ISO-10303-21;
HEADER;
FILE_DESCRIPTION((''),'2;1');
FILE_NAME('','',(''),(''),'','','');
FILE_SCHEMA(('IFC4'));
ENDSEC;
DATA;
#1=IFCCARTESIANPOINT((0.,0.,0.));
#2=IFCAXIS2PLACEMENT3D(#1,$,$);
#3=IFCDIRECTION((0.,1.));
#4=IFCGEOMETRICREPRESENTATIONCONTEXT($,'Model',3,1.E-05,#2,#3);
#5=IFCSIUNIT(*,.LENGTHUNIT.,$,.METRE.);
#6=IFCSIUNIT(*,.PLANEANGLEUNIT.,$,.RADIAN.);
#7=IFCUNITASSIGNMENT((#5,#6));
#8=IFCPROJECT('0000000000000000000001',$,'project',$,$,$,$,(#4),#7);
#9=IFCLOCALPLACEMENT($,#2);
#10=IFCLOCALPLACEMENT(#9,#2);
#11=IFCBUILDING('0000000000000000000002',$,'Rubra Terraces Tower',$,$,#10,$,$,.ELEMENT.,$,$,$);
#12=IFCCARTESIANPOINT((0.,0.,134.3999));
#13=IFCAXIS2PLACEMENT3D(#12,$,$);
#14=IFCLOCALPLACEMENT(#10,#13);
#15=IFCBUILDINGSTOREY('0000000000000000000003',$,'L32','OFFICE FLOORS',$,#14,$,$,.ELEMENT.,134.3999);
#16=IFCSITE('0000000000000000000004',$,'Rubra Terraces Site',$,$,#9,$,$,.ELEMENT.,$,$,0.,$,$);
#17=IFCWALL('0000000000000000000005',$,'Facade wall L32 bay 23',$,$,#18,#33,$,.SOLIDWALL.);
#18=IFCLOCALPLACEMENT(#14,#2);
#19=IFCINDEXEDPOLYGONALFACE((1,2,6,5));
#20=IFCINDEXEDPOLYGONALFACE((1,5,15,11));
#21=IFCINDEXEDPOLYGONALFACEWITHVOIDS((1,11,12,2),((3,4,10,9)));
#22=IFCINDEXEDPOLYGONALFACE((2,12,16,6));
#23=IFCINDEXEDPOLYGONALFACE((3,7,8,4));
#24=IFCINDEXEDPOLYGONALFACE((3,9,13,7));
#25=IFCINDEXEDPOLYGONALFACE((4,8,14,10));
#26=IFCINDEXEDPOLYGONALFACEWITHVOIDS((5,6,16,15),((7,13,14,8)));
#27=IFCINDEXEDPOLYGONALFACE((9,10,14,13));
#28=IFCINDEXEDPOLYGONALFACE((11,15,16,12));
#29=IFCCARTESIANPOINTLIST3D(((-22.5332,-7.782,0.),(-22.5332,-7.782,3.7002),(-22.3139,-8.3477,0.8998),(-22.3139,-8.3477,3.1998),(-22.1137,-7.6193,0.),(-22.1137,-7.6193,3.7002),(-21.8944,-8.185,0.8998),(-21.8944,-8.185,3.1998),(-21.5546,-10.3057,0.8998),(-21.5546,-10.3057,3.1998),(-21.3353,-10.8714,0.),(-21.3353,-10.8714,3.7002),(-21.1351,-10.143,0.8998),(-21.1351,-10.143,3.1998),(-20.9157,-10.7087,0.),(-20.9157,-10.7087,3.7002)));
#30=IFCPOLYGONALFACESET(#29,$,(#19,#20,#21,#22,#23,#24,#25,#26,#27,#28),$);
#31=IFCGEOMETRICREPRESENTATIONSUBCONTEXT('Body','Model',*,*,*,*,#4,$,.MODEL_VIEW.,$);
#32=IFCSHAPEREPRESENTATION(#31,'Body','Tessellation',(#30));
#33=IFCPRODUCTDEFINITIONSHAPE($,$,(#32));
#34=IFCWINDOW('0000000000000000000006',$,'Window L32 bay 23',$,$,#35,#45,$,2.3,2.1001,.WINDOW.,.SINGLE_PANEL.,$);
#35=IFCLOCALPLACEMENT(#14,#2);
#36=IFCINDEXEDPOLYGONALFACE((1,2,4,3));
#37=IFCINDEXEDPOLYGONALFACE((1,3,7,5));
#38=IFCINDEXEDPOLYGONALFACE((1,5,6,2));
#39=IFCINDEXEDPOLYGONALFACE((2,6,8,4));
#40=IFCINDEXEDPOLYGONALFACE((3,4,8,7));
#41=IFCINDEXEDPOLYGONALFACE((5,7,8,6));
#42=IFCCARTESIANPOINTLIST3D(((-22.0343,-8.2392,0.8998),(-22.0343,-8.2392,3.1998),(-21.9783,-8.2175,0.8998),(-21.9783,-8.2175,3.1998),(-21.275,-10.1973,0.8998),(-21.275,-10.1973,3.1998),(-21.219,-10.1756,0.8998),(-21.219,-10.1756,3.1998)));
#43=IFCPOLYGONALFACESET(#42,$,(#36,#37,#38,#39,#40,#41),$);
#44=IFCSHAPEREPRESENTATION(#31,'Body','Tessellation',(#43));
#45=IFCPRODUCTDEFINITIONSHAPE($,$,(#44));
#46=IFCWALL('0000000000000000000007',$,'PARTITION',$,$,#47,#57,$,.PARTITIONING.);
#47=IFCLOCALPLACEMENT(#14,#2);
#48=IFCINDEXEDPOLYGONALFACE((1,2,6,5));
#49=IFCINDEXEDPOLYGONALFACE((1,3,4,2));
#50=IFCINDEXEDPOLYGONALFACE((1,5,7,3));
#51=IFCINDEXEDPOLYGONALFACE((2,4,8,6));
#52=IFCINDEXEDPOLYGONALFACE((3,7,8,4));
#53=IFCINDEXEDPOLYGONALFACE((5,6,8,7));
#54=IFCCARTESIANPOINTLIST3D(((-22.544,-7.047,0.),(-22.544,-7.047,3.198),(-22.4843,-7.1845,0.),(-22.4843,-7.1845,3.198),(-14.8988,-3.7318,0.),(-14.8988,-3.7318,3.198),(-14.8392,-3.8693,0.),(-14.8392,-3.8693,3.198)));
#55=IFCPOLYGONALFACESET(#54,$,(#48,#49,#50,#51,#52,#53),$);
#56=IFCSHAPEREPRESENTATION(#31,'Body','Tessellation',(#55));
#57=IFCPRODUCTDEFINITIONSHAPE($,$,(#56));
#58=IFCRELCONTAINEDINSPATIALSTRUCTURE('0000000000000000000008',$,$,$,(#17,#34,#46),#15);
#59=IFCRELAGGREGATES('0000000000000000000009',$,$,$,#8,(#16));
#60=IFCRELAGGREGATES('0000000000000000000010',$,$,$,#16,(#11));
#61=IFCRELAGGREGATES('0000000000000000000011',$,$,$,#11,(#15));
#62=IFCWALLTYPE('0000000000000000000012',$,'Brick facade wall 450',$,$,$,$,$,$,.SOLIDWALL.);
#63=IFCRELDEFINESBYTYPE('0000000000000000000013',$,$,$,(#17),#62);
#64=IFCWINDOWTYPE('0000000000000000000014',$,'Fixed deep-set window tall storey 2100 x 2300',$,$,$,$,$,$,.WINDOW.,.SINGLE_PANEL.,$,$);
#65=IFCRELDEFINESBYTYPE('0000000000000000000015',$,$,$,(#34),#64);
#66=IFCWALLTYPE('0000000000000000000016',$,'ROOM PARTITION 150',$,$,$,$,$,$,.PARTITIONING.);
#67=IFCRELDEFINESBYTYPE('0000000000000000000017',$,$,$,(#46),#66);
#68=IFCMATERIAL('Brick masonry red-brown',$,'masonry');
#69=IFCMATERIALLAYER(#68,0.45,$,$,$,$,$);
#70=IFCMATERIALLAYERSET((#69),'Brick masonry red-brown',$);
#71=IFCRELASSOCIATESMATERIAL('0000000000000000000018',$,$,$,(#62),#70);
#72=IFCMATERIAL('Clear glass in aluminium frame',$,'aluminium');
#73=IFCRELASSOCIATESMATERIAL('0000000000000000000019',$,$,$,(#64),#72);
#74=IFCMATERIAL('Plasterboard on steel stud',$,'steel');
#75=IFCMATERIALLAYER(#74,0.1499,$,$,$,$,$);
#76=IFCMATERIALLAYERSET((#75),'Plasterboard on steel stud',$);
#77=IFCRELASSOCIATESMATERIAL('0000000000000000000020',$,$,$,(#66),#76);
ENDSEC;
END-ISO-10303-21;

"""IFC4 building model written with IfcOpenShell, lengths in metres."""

from ifc_helpers import new_model, si_unit, direction, frame, frame_2d, origin, place, context, subcontext, project, spatial, rectangle, extrude, material, layer, layer_set, type_object, element, fill, save


model = new_model("IFC4")

# Units and contexts
model_context = context("Model", 3, precision=1e-05, world=origin(), true_north=direction((0.0, 1.0)))
body_context = subcontext(model_context, "Body", "Model", "MODEL_VIEW")
ifc_project = project(units=[si_unit("LENGTHUNIT", "METRE"), si_unit("PLANEANGLEUNIT", "RADIAN")], contexts=[model_context])

# Site, building, storey
site_placement = place(None, origin())
site = spatial("IfcSite", under=ifc_project, at=site_placement, Name="Rubra Terraces Site", CompositionType="ELEMENT", RefElevation=0.0)
building_placement = place(site_placement, origin())
building = spatial("IfcBuilding", under=site, at=building_placement, Name="Rubra Terraces Tower", CompositionType="ELEMENT")
storey_placement = place(building_placement, frame((0.0, 0.0, 134.3999)))
storey = spatial("IfcBuildingStorey", under=building, at=storey_placement, Name="L32", Description="OFFICE FLOORS", CompositionType="ELEMENT", Elevation=134.3999)

# Wall, opening, window
ifc_material_1 = material(Name="Brick masonry red-brown", Category="masonry")
ifc_layer_1 = layer(ifc_material_1, 0.45)
ifc_layer_set_1 = layer_set([ifc_layer_1], Name="Brick masonry red-brown")
wall_type_1 = type_object("IfcWallType", Name="Brick facade wall 450", PredefinedType="SOLIDWALL", material=ifc_layer_set_1)
ifc_material_2 = material(Name="Clear glass in aluminium frame", Category="aluminium")
window_type = type_object("IfcWindowType", Name="Fixed deep-set window tall storey 2100 x 2300", PartitioningType="SINGLE_PANEL", PredefinedType="WINDOW", material=ifc_material_2)
wall_1_placement = place(storey_placement, frame((-22.3235, -7.7007, 0.0), z_axis=(0.0, 0.0, 1.0), x_axis=(0.36155, -0.932353, 0.0)))
wall_1 = element("IfcWall", 1, at=wall_1_placement, inside=storey, type_object=wall_type_1, Name="Facade wall L32 bay 23", PredefinedType="SOLIDWALL", context=body_context, shape_type="SweptSolid", body=[
    extrude(rectangle(XDim=3.3135, YDim=0.45, at=frame_2d((1.6567, 0.0))), origin(), (0.0, 0.0, 1.0), 3.7002),
])
opening_1_placement = place(wall_1_placement, frame((0.6067, 0.0, 0.8999)))
opening_1 = element("IfcOpeningElement", 2, at=opening_1_placement, cuts=wall_1, PredefinedType="OPENING", context=body_context, shape_type="SweptSolid", body=[
    extrude(rectangle(XDim=2.1001, YDim=2.3, at=frame_2d((1.05, 1.1499))), frame((0.0, 0.2349, 0.0), z_axis=(0.0, -1.0, 0.0), x_axis=(1.0, 0.0, 0.0)), (0.0, 0.0, 1.0), 0.47),
])
window_1_placement = place(opening_1_placement, origin())
window_1 = element("IfcWindow", 3, at=window_1_placement, inside=storey, type_object=window_type, Name="Window L32 bay 23", OverallHeight=2.3, OverallWidth=2.1001, PartitioningType="SINGLE_PANEL", PredefinedType="WINDOW", context=body_context, shape_type="SweptSolid", body=[
    extrude(rectangle(XDim=2.1001, YDim=2.3, at=frame_2d((1.05, 1.1499))), frame((0.0, 0.135, 0.0), z_axis=(0.0, -1.0, 0.0), x_axis=(1.0, 0.0, 0.0)), (0.0, 0.0, 1.0), 0.0601),
])
fill(opening_1, window_1)

# Wall
ifc_material_3 = material(Name="Plasterboard on steel stud", Category="steel")
ifc_layer_2 = layer(ifc_material_3, 0.1499)
ifc_layer_set_2 = layer_set([ifc_layer_2], Name="Plasterboard on steel stud")
wall_type_2 = type_object("IfcWallType", Name="ROOM PARTITION 150", PredefinedType="PARTITIONING", material=ifc_layer_set_2)
wall_2_placement = place(storey_placement, frame((-22.5142, -7.1157, 0.0), z_axis=(0.0, 0.0, 1.0), x_axis=(0.917458, 0.397834, 0.0)))
element("IfcWall", 4, at=wall_2_placement, inside=storey, type_object=wall_type_2, Name="PARTITION", PredefinedType="PARTITIONING", context=body_context, shape_type="SweptSolid", body=[
    extrude(rectangle(XDim=8.333, YDim=0.1499, at=frame_2d((4.1665, 0.0))), origin(), (0.0, 0.0, 1.0), 3.198),
])

save(model, "model.ifc")
